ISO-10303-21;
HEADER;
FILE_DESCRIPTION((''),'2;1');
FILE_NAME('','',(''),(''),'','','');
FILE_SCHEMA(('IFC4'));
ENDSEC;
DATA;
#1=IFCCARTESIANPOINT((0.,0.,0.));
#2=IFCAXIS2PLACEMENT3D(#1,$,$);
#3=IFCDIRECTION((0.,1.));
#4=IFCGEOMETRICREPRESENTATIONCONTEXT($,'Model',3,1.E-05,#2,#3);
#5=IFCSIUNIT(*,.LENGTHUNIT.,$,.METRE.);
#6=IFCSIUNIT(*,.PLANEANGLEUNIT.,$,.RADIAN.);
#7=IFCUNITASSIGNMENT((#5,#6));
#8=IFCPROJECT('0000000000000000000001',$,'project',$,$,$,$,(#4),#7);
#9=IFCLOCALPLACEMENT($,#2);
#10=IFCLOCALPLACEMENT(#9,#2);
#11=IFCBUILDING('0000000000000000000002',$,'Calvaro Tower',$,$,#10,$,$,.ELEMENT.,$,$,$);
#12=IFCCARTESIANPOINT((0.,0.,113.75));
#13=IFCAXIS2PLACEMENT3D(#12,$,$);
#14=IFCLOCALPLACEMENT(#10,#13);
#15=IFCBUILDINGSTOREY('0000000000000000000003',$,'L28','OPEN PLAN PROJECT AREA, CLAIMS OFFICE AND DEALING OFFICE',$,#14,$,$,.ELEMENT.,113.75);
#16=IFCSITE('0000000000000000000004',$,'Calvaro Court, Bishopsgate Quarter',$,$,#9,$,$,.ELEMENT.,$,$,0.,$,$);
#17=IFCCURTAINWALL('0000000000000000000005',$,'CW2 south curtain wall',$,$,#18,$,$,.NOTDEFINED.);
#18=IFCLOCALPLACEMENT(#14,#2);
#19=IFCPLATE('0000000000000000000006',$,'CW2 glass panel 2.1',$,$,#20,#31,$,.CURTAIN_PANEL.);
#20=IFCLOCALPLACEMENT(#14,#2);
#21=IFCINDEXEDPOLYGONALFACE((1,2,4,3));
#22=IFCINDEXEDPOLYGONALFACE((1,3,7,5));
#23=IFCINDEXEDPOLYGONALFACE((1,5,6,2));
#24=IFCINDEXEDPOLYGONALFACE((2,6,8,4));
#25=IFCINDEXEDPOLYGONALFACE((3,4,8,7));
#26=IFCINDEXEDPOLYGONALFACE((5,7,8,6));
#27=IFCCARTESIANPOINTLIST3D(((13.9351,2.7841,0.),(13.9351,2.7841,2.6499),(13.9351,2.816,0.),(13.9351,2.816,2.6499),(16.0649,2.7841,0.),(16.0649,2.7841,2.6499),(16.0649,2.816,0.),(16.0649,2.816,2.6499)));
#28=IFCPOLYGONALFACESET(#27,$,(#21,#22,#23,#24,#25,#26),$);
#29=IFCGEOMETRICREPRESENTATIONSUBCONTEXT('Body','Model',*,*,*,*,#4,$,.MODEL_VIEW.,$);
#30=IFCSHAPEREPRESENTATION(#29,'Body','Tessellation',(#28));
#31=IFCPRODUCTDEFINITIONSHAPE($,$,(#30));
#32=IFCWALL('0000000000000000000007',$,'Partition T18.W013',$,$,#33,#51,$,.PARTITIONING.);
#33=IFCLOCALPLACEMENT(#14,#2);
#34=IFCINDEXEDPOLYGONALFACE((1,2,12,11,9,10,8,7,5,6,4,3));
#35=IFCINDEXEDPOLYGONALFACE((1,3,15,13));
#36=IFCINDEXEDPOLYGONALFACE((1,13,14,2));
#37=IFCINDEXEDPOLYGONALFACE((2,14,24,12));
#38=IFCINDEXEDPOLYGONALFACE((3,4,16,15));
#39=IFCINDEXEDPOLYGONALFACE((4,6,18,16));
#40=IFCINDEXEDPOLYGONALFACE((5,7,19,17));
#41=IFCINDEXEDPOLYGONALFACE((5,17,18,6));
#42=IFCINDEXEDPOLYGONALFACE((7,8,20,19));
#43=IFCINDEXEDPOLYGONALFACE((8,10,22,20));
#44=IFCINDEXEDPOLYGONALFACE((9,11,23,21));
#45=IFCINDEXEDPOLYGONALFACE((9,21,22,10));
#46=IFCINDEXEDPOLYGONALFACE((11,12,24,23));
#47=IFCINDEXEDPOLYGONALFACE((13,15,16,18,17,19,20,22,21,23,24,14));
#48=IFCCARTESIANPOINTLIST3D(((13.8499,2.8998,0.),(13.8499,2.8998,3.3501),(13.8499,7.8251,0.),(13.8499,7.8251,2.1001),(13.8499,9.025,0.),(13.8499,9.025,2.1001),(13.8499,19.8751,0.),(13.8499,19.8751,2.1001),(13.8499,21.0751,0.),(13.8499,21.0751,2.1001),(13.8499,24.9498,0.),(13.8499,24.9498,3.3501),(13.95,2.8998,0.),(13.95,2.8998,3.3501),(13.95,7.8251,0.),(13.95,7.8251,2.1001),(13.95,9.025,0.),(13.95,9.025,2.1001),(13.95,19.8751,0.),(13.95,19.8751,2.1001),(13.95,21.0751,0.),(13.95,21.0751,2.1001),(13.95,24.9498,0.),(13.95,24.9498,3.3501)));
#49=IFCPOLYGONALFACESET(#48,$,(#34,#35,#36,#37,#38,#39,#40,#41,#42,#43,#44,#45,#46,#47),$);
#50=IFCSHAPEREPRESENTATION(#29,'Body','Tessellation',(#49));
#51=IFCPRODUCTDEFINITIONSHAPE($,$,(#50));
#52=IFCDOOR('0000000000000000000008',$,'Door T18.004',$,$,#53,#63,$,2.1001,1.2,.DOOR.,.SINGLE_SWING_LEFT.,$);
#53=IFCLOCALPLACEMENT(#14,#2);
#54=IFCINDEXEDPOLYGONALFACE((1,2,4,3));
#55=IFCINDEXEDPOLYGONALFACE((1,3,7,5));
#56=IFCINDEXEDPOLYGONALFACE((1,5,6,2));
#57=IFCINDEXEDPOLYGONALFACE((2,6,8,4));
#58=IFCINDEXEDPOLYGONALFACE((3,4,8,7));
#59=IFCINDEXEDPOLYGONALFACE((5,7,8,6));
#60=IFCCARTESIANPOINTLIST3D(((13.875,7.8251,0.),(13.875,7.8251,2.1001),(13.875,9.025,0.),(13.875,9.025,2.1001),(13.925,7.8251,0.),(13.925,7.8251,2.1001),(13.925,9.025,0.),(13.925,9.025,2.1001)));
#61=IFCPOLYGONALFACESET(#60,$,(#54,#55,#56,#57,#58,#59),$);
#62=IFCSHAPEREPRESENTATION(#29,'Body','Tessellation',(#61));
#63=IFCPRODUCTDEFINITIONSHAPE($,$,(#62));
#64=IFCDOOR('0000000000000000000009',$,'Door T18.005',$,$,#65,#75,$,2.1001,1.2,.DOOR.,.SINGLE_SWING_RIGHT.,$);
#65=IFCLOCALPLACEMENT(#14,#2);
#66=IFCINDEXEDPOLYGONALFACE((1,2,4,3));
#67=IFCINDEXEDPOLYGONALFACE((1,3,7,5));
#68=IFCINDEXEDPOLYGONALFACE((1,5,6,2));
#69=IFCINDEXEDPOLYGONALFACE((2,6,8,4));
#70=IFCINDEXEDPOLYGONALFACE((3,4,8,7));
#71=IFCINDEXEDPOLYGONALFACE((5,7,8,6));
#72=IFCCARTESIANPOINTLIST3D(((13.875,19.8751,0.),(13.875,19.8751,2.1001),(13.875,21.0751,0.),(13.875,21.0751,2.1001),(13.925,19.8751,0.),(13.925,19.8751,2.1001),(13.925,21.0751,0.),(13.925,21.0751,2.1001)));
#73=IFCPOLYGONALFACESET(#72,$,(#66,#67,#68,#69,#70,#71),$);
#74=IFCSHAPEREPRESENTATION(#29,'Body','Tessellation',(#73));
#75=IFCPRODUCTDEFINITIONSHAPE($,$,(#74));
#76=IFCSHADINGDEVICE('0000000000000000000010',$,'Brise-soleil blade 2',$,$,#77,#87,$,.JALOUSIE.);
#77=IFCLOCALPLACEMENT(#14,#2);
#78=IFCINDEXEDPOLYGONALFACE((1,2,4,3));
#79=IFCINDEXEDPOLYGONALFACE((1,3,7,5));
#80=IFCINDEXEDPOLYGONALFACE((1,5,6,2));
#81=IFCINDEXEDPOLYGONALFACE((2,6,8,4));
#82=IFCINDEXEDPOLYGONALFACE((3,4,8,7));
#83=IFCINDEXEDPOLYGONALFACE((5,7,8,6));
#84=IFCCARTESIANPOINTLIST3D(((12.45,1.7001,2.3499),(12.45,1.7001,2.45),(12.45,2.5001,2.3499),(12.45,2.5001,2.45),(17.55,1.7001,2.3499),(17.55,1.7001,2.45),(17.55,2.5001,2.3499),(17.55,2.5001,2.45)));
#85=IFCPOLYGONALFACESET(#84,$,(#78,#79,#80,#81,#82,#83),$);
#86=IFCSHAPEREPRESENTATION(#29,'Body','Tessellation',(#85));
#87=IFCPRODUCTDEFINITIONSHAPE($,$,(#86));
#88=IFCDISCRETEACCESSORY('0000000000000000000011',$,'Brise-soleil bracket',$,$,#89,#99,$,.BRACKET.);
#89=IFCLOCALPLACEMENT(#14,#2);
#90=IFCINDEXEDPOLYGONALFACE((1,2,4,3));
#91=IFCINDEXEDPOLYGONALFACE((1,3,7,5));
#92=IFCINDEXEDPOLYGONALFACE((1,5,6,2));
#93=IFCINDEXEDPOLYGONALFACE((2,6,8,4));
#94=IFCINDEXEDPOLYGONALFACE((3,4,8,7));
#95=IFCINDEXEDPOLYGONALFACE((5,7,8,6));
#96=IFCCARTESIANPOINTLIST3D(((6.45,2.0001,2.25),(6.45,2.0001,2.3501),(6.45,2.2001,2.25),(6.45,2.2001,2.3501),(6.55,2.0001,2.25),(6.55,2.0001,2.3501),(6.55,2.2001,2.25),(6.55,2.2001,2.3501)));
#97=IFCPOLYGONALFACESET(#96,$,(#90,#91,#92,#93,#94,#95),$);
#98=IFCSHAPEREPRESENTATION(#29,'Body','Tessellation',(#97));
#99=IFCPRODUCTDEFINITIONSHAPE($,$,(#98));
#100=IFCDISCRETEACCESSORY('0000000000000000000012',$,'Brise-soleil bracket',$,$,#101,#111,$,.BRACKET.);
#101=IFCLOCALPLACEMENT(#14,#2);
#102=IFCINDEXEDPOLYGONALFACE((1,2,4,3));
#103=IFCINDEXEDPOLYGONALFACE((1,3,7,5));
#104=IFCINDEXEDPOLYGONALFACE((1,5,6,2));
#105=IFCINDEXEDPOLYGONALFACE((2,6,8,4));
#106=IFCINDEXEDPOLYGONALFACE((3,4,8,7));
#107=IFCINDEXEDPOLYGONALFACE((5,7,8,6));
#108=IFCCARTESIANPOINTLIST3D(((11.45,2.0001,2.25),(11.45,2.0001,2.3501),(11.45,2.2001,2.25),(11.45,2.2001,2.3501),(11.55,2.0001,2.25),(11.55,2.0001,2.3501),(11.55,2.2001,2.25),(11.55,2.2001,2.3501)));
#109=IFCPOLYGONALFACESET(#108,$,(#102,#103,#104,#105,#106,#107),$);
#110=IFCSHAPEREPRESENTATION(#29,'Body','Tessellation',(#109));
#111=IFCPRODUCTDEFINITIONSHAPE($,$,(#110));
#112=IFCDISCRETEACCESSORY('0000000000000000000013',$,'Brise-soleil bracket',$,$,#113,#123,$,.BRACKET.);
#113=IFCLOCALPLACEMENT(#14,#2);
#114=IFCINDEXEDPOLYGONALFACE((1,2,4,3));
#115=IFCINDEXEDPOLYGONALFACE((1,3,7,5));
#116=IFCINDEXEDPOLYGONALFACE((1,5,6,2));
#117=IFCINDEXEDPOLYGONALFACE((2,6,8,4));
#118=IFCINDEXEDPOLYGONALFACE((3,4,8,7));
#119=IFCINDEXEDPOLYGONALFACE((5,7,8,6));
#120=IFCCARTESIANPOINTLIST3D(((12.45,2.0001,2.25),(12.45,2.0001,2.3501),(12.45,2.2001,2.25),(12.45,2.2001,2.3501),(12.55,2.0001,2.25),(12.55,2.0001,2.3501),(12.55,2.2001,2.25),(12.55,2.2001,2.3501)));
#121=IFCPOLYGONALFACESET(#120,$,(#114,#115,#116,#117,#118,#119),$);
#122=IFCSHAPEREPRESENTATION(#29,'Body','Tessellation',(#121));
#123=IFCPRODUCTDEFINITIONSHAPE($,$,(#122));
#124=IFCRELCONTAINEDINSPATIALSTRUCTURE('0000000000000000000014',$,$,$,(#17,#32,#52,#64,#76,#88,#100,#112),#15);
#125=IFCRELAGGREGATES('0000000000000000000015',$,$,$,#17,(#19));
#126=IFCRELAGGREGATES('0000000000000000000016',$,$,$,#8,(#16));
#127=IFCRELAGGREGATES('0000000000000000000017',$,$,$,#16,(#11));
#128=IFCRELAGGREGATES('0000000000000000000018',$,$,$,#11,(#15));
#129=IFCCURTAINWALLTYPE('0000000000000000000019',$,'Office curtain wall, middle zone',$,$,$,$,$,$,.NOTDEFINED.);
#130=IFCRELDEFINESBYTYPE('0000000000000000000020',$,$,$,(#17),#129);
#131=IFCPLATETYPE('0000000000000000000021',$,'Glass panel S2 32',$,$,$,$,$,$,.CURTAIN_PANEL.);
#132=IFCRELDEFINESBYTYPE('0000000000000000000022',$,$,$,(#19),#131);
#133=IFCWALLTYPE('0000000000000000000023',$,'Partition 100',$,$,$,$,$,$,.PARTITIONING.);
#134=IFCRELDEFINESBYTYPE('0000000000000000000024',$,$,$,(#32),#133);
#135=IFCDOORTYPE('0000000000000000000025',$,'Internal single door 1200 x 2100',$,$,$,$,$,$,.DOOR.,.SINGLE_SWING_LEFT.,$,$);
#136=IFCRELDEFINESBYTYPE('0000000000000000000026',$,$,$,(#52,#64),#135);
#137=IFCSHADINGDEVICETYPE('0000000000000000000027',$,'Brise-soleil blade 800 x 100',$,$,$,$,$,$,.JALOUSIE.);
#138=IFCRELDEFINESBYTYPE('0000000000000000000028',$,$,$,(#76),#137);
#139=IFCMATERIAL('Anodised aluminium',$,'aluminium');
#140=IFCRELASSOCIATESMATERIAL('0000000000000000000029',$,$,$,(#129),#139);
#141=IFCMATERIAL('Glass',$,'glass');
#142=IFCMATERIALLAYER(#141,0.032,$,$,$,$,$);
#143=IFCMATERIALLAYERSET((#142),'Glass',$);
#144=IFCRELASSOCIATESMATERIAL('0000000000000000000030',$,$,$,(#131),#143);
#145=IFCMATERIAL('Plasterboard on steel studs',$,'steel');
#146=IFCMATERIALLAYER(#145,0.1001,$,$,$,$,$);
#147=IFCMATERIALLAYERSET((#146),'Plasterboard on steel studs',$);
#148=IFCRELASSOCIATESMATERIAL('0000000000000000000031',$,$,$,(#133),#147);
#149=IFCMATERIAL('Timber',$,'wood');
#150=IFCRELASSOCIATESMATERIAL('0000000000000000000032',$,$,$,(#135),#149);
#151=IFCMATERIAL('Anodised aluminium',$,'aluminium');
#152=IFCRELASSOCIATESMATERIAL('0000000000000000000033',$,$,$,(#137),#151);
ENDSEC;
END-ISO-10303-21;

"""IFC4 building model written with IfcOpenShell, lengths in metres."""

from ifc_helpers import new_model, si_unit, direction, frame, frame_2d, origin, origin_2d, place, context, subcontext, project, spatial, rectangle, extrude, material, layer, layer_set, material_profile, profile_set, type_object, element, fill, aggregate, save


model = new_model("IFC4")

# Units and contexts
model_context = context("Model", 3, precision=1e-05, world=origin(), true_north=direction((0.0, 1.0)))
body_context = subcontext(model_context, "Body", "Model", "MODEL_VIEW")
ifc_project = project(units=[si_unit("LENGTHUNIT", "METRE"), si_unit("PLANEANGLEUNIT", "RADIAN")], contexts=[model_context])

# Site, building, storey
site_placement = place(None, origin())
site = spatial("IfcSite", under=ifc_project, at=site_placement, Name="Calvaro Court, Bishopsgate Quarter", CompositionType="ELEMENT", RefElevation=0.0)
building_placement = place(site_placement, origin())
building = spatial("IfcBuilding", under=site, at=building_placement, Name="Calvaro Tower", CompositionType="ELEMENT")
storey_placement = place(building_placement, frame((0.0, 0.0, 113.75)))
storey = spatial("IfcBuildingStorey", under=building, at=storey_placement, Name="L28", Description="OPEN PLAN PROJECT AREA, CLAIMS OFFICE AND DEALING OFFICE", CompositionType="ELEMENT", Elevation=113.75)

# Curtain wall
ifc_material_1 = material(Name="Anodised aluminium", Category="aluminium")
curtain_wall_type = type_object("IfcCurtainWallType", Name="Office curtain wall, middle zone", PredefinedType="NOTDEFINED", material=ifc_material_1)
curtain_wall_1_placement = place(storey_placement, origin())
curtain_wall_1 = element("IfcCurtainWall", 1, at=curtain_wall_1_placement, inside=storey, type_object=curtain_wall_type, Name="CW2 south curtain wall", PredefinedType="NOTDEFINED")

# Plate
ifc_material_2 = material(Name="Glass", Category="glass")
ifc_layer_1 = layer(ifc_material_2, 0.032)
ifc_layer_set_1 = layer_set([ifc_layer_1], Name="Glass")
plate_type = type_object("IfcPlateType", Name="Glass panel S2 32", PredefinedType="CURTAIN_PANEL", material=ifc_layer_set_1)
plate_1_placement = place(storey_placement, frame((15.0, 2.8, 0.0), z_axis=(0.0, 0.0, 1.0), x_axis=(1.0, 0.0, 0.0)))
plate_1 = element("IfcPlate", 2, at=plate_1_placement, type_object=plate_type, Name="CW2 glass panel 2.1", PredefinedType="CURTAIN_PANEL", context=body_context, shape_type="SweptSolid", body=[
    extrude(rectangle(XDim=2.1299, YDim=0.032, at=origin_2d()), origin(), (0.0, 0.0, 1.0), 2.6499),
])
aggregate(curtain_wall_1, [plate_1])

# Wall, openings, doors
ifc_material_3 = material(Name="Plasterboard on steel studs", Category="steel")
ifc_layer_2 = layer(ifc_material_3, 0.1001)
ifc_layer_set_2 = layer_set([ifc_layer_2], Name="Plasterboard on steel studs")
wall_type = type_object("IfcWallType", Name="Partition 100", PredefinedType="PARTITIONING", material=ifc_layer_set_2)
wall_placement = place(storey_placement, frame((13.8999, 2.8999, 0.0), z_axis=(0.0, 0.0, 1.0), x_axis=(0.0, 1.0, 0.0)))
wall = element("IfcWall", 3, at=wall_placement, inside=storey, type_object=wall_type, Name="Partition T18.W013", PredefinedType="PARTITIONING", context=body_context, shape_type="SweptSolid", body=[
    extrude(rectangle(XDim=22.05, YDim=0.1001, at=frame_2d((11.0249, 0.0))), origin(), (0.0, 0.0, 1.0), 3.3501),
])
opening_1_placement = place(wall_placement, frame((4.925, 0.0, 0.0)))
opening_1 = element("IfcOpeningElement", 4, at=opening_1_placement, cuts=wall, PredefinedType="OPENING", context=body_context, shape_type="SweptSolid", body=[
    extrude(rectangle(XDim=1.2, YDim=2.1001, at=frame_2d((0.6001, 1.05))), frame((0.0, 0.0601, 0.0), z_axis=(0.0, -1.0, 0.0), x_axis=(1.0, 0.0, 0.0)), (0.0, 0.0, 1.0), 0.1201),
])
opening_2_placement = place(wall_placement, frame((16.9751, 0.0, 0.0)))
opening_2 = element("IfcOpeningElement", 5, at=opening_2_placement, cuts=wall, PredefinedType="OPENING", context=body_context, shape_type="SweptSolid", body=[
    extrude(rectangle(XDim=1.2, YDim=2.1001, at=frame_2d((0.6001, 1.05))), frame((0.0, 0.0601, 0.0), z_axis=(0.0, -1.0, 0.0), x_axis=(1.0, 0.0, 0.0)), (0.0, 0.0, 1.0), 0.1201),
])
ifc_material_4 = material(Name="Timber", Category="wood")
door_type = type_object("IfcDoorType", Name="Internal single door 1200 x 2100", OperationType="SINGLE_SWING_LEFT", PredefinedType="DOOR", material=ifc_material_4)
door_1_placement = place(opening_1_placement, origin())
door_1 = element("IfcDoor", 6, at=door_1_placement, inside=storey, type_object=door_type, Name="Door T18.004", OperationType="SINGLE_SWING_LEFT", OverallHeight=2.1001, OverallWidth=1.2, PredefinedType="DOOR", context=body_context, shape_type="SweptSolid", body=[
    extrude(rectangle(XDim=1.2, YDim=2.1001, at=frame_2d((0.6001, 1.05))), frame((0.0, 0.0249, 0.0), z_axis=(0.0, -1.0, 0.0), x_axis=(1.0, 0.0, 0.0)), (0.0, 0.0, 1.0), 0.05),
])
fill(opening_1, door_1)
door_2_placement = place(opening_2_placement, origin())
door_2 = element("IfcDoor", 7, at=door_2_placement, inside=storey, type_object=door_type, Name="Door T18.005", OperationType="SINGLE_SWING_RIGHT", OverallHeight=2.1001, OverallWidth=1.2, PredefinedType="DOOR", context=body_context, shape_type="SweptSolid", body=[
    extrude(rectangle(XDim=1.2, YDim=2.1001, at=frame_2d((0.6001, 1.05))), frame((0.0, 0.0249, 0.0), z_axis=(0.0, -1.0, 0.0), x_axis=(1.0, 0.0, 0.0)), (0.0, 0.0, 1.0), 0.05),
])
fill(opening_2, door_2)

# Shading device
ifc_material_5 = material(Name="Anodised aluminium", Category="aluminium")
ifc_material_profile_1 = material_profile(ifc_material_5, rectangle(XDim=0.8, YDim=0.1001, at=origin_2d()), Name="Brise-soleil blade 800 x 100")
ifc_profile_set_1 = profile_set([ifc_material_profile_1], Name="Anodised aluminium")
shading_device_type = type_object("IfcShadingDeviceType", Name="Brise-soleil blade 800 x 100", PredefinedType="JALOUSIE", material=ifc_profile_set_1)
shading_device_placement = place(storey_placement, frame((12.45, 2.1001, 2.3999), z_axis=(1.0, 0.0, 0.0), x_axis=(0.0, 1.0, 0.0)))
element("IfcShadingDevice", 8, at=shading_device_placement, inside=storey, type_object=shading_device_type, Name="Brise-soleil blade 2", PredefinedType="JALOUSIE", context=body_context, shape_type="SweptSolid", body=[
    extrude(rectangle(XDim=0.8, YDim=0.1001, at=origin_2d()), origin(), (0.0, 0.0, 1.0), 5.1001),
])

# Discrete accessories
for number, where, z_axis, x_axis, name in (
    (9, (6.5, 2.1001, 2.25), (0.0, 0.0, 1.0), (1.0, 0.0, 0.0), "Brise-soleil bracket"),
    (10, (11.5, 2.1001, 2.25), (0.0, 0.0, 1.0), (1.0, 0.0, 0.0), "Brise-soleil bracket"),
    (11, (12.5, 2.1001, 2.25), (0.0, 0.0, 1.0), (1.0, 0.0, 0.0), "Brise-soleil bracket"),
):
    element("IfcDiscreteAccessory", number, at=place(storey_placement, frame(where, z_axis=z_axis, x_axis=x_axis)), inside=storey, Name=name, PredefinedType="BRACKET", context=body_context, shape_type="SweptSolid", body=[
        extrude(rectangle(XDim=0.1001, YDim=0.2, at=origin_2d()), origin(), (0.0, 0.0, 1.0), 0.1001),
    ])

save(model, "model.ifc")
